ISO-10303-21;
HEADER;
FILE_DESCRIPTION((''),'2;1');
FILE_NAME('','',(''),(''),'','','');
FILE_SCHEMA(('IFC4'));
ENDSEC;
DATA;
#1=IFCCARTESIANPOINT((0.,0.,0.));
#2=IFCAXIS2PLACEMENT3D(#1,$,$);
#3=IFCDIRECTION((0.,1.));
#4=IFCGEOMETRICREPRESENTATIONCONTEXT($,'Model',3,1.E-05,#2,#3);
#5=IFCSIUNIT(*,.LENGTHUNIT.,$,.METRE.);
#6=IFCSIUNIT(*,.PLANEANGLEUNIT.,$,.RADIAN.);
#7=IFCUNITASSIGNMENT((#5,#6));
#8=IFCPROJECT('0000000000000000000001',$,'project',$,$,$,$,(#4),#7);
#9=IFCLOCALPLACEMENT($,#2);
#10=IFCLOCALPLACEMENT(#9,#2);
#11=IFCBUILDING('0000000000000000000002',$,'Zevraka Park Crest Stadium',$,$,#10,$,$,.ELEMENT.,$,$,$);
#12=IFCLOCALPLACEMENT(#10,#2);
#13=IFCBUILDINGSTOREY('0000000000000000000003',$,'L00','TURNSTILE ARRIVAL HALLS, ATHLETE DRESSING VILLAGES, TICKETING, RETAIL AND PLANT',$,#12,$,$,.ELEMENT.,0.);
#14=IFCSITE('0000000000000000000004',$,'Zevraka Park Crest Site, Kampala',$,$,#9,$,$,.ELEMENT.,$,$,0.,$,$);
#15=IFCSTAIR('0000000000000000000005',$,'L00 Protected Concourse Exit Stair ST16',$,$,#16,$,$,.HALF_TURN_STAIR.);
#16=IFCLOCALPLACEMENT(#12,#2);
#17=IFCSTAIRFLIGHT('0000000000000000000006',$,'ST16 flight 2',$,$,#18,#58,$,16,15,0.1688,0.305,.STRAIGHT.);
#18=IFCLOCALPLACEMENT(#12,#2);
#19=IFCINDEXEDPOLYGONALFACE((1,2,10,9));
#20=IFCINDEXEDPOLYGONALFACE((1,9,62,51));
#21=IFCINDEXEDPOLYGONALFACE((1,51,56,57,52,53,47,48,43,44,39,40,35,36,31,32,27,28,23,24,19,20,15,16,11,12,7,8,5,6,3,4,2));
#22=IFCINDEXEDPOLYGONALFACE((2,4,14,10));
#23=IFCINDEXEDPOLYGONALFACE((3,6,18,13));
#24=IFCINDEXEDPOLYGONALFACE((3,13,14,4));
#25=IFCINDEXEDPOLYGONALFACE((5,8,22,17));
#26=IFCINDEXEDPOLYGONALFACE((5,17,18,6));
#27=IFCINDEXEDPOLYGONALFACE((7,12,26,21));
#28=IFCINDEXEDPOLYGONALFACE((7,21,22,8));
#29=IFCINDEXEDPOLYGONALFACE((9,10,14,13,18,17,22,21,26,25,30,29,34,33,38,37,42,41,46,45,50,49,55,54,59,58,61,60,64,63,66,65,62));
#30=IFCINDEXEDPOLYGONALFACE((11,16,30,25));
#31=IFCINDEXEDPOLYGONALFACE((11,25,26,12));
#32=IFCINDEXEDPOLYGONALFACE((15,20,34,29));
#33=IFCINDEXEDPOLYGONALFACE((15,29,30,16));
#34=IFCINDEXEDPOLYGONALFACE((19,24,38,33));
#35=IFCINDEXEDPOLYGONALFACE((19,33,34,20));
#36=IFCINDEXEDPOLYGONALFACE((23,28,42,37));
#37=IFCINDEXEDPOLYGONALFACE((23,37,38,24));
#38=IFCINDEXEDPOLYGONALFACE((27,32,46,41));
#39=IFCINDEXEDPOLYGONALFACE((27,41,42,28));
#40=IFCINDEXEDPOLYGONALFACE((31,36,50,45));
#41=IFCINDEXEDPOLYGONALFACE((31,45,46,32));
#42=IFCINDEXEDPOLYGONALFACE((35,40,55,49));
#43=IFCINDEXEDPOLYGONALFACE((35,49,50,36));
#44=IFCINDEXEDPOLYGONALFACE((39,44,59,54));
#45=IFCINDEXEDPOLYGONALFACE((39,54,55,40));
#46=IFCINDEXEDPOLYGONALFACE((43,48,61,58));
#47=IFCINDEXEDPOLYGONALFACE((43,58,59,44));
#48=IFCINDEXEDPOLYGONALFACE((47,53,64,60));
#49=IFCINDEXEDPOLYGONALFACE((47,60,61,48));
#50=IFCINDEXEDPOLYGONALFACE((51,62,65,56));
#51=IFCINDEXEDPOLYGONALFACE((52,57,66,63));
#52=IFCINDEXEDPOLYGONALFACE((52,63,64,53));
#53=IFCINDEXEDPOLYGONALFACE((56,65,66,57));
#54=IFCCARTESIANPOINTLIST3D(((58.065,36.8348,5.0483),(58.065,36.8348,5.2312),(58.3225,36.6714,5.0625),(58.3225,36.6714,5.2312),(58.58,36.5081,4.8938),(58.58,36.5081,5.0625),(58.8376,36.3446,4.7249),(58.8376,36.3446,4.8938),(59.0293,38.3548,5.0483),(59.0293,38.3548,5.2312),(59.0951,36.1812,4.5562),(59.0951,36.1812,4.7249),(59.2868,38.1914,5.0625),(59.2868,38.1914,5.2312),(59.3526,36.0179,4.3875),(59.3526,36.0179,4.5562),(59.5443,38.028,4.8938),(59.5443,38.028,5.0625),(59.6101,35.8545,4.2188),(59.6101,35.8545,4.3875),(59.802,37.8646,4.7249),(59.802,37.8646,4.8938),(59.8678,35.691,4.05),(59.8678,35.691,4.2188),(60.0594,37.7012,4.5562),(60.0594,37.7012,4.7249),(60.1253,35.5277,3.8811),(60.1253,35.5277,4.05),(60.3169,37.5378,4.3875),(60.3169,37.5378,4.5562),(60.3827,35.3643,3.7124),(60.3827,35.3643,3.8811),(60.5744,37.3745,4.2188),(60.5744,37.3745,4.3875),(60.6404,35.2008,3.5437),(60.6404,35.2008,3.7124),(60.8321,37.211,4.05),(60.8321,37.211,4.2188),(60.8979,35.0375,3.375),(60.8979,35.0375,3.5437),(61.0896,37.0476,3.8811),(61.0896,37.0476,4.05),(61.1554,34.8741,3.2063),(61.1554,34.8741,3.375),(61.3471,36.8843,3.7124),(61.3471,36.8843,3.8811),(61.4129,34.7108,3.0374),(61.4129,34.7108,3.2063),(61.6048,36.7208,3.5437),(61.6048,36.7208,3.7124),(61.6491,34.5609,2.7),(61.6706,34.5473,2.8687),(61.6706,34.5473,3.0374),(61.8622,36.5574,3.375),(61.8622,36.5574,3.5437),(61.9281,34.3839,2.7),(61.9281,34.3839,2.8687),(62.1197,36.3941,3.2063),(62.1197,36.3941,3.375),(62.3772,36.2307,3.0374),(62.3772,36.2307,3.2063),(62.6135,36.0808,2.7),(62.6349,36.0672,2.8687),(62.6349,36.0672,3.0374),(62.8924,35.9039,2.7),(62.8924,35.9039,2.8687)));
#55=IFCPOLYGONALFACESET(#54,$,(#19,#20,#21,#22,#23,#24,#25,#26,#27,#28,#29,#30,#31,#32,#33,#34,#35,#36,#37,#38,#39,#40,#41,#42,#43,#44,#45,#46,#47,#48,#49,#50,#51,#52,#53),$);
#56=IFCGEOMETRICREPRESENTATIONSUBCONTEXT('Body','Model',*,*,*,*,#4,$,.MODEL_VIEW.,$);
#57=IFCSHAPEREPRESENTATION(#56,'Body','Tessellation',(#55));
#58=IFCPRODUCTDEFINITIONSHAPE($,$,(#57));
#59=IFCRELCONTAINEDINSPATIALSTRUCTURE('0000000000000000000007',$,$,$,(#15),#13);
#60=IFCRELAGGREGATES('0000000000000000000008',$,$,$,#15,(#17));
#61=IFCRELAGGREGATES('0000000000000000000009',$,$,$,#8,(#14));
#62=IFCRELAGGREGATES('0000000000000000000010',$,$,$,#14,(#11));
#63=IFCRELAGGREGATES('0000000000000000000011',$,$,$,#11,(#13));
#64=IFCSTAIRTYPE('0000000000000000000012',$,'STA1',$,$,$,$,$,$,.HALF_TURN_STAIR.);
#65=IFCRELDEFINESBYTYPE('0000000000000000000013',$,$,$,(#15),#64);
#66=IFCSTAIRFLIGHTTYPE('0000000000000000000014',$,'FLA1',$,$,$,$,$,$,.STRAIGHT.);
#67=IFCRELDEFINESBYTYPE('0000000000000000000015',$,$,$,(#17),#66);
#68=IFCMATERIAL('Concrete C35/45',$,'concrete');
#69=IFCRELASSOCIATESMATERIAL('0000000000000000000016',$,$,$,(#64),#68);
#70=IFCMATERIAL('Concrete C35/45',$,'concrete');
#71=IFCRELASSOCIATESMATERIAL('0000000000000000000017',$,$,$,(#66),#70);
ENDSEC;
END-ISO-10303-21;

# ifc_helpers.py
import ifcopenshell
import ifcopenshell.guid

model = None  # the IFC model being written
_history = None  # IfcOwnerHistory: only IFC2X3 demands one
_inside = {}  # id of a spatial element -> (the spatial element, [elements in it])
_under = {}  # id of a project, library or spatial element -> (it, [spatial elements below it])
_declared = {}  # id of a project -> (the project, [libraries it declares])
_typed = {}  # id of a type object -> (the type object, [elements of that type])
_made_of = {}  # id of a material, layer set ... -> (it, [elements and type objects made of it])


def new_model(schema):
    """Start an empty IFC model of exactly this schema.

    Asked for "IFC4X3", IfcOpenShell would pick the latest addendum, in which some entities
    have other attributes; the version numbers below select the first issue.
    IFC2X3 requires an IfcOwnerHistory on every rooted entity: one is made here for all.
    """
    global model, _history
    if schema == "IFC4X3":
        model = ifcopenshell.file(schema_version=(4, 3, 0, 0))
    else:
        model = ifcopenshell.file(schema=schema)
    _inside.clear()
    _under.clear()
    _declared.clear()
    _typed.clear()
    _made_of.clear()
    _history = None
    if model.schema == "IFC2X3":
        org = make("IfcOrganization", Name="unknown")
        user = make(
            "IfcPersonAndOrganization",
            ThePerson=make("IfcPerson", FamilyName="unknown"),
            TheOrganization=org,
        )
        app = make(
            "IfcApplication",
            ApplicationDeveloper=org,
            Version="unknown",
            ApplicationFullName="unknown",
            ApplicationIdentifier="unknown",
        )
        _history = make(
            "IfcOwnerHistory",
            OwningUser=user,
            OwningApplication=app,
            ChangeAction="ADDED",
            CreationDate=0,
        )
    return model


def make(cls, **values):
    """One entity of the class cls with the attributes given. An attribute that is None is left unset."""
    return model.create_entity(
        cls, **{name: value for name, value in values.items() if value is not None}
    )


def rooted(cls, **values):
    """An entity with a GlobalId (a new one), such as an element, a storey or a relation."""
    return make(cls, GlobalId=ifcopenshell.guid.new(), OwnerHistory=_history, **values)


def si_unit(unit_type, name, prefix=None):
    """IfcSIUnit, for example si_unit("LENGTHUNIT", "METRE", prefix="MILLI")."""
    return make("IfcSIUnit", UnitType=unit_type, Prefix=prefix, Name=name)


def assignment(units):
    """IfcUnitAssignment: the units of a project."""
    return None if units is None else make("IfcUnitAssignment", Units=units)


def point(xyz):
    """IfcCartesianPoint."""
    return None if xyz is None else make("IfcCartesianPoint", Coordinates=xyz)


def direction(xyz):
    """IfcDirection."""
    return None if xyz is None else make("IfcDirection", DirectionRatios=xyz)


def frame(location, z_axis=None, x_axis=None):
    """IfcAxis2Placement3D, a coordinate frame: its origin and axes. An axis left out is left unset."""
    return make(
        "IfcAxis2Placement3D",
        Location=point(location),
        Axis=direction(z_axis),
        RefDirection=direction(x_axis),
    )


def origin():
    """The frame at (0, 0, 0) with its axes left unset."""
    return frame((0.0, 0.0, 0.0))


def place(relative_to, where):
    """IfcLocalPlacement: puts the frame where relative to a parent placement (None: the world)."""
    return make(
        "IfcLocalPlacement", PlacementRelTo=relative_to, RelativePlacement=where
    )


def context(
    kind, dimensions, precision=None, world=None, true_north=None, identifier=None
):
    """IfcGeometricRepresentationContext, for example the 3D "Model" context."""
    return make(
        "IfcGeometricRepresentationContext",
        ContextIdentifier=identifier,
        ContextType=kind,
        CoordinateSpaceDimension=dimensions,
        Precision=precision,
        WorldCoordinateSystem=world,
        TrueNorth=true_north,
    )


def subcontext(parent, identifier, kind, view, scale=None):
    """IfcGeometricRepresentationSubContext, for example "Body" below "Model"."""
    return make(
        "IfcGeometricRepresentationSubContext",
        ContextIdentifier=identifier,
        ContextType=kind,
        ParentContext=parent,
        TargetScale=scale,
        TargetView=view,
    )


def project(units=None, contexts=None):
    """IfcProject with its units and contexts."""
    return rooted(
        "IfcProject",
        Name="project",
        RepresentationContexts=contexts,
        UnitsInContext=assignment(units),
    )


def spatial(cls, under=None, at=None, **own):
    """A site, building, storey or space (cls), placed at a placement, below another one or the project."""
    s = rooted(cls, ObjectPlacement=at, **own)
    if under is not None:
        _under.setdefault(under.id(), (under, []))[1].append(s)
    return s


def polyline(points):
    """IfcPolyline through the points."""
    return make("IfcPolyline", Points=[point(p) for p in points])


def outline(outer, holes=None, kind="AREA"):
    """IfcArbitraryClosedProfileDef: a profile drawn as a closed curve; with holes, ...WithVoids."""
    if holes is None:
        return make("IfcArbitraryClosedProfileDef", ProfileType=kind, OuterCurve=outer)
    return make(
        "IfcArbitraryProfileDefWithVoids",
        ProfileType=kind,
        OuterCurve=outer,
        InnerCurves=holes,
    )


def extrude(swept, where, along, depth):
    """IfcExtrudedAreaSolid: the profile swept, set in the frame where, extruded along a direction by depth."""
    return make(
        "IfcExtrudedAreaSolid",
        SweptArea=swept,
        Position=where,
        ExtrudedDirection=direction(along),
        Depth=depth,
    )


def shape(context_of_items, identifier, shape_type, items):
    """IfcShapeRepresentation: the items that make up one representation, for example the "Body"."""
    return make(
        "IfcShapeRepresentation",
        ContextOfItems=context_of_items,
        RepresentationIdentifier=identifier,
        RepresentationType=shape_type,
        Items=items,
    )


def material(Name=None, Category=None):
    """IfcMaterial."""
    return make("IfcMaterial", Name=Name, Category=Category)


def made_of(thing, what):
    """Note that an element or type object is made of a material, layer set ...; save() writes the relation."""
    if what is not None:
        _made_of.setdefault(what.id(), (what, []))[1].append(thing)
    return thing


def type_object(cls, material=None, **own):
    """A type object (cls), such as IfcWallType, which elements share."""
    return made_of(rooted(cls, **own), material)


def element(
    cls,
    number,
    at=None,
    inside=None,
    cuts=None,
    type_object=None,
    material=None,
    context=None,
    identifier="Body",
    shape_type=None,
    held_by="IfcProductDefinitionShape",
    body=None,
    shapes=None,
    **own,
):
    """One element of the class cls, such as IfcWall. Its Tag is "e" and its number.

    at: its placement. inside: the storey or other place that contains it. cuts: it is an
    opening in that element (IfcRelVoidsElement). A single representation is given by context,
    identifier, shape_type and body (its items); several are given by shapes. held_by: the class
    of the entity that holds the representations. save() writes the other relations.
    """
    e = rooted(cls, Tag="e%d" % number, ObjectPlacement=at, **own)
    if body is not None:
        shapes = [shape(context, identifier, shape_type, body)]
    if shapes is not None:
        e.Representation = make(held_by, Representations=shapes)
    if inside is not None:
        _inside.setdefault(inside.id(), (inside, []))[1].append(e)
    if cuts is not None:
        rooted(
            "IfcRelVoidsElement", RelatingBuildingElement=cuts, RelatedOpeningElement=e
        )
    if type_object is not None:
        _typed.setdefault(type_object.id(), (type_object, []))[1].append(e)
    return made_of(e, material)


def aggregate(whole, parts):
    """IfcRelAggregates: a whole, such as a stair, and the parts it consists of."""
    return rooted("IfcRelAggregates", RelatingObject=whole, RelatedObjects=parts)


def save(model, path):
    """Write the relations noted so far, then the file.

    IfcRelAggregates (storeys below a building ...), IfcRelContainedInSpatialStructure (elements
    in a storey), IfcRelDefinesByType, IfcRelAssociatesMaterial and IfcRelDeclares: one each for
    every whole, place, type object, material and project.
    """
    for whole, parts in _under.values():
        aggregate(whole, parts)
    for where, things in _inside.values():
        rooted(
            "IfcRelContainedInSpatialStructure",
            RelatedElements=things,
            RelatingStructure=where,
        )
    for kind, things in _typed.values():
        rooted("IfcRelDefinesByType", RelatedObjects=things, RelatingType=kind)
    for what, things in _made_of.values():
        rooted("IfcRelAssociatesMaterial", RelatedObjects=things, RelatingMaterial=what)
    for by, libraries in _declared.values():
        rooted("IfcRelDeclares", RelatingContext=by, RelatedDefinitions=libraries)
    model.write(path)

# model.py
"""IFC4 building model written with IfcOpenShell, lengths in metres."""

from ifc_helpers import new_model, si_unit, direction, frame, origin, place, context, subcontext, project, spatial, polyline, outline, extrude, material, type_object, element, aggregate, save


model = new_model("IFC4")

# Units and contexts
model_context = context("Model", 3, precision=1e-05, world=origin(), true_north=direction((0.0, 1.0)))
body_context = subcontext(model_context, "Body", "Model", "MODEL_VIEW")
ifc_project = project(units=[si_unit("LENGTHUNIT", "METRE"), si_unit("PLANEANGLEUNIT", "RADIAN")], contexts=[model_context])

# Site, building, storey
site_placement = place(None, origin())
site = spatial("IfcSite", under=ifc_project, at=site_placement, Name="Zevraka Park Crest Site, Kampala", CompositionType="ELEMENT", RefElevation=0.0)
building_placement = place(site_placement, origin())
building = spatial("IfcBuilding", under=site, at=building_placement, Name="Zevraka Park Crest Stadium", CompositionType="ELEMENT")
storey_placement = place(building_placement, origin())
storey = spatial("IfcBuildingStorey", under=building, at=storey_placement, Name="L00", Description="TURNSTILE ARRIVAL HALLS, ATHLETE DRESSING VILLAGES, TICKETING, RETAIL AND PLANT", CompositionType="ELEMENT", Elevation=0.0)

# Stair, stair flight
ifc_material_1 = material(Name="Concrete C35/45", Category="concrete")
stair_type = type_object("IfcStairType", Name="STA1", PredefinedType="HALF_TURN_STAIR", material=ifc_material_1)
stair_placement = place(storey_placement, origin())
stair = element("IfcStair", 1, at=stair_placement, inside=storey, type_object=stair_type, Name="L00 Protected Concourse Exit Stair ST16", PredefinedType="HALF_TURN_STAIR")
ifc_material_2 = material(Name="Concrete C35/45", Category="concrete")
stair_flight_type = type_object("IfcStairFlightType", Name="FLA1", PredefinedType="STRAIGHT", material=ifc_material_2)
stair_flight_1_placement = place(storey_placement, frame((62.4102, 35.1438, 2.7), z_axis=(0.0, 0.0, 1.0), x_axis=(-0.844397, 0.535718, 0.0)))
stair_flight_1 = element("IfcStairFlight", 2, at=stair_flight_1_placement, type_object=stair_flight_type, Name="ST16 flight 2", NumberOfRisers=16, NumberOfTreads=15, PredefinedType="STRAIGHT", RiserHeight=0.1688, TreadLength=0.305, context=body_context, shape_type="SweptSolid", body=[
    extrude(outline(polyline([(0.0, 0.0), (0.0, 0.1687), (0.3049, 0.1687), (0.3049, 0.3374), (0.6101, 0.3374), (0.6101, 0.5063), (0.915, 0.5063), (0.915, 0.675), (1.22, 0.675), (1.22, 0.8438), (1.5249, 0.8438), (1.5249, 1.0125), (1.8301, 1.0125), (1.8301, 1.1812), (2.135, 1.1812), (2.135, 1.3501), (2.4399, 1.3501), (2.4399, 1.5188), (2.7451, 1.5188), (2.7451, 1.6875), (3.05, 1.6875), (3.05, 1.8562), (3.355, 1.8562), (3.355, 2.0249), (3.6599, 2.0249), (3.6599, 2.1938), (3.9651, 2.1938), (3.9651, 2.3625), (4.27, 2.3625), (4.27, 2.5312), (4.575, 2.5312), (4.575, 2.7), (4.575, 2.3484), (0.3303, 0.0), (0.0, 0.0)])), frame((0.0, 0.8999, 0.0), z_axis=(0.0, -1.0, 0.0), x_axis=(1.0, 0.0, 0.0)), (0.0, 0.0, 1.0), 1.8),
])
aggregate(stair, [stair_flight_1])

save(model, "model.ifc")
